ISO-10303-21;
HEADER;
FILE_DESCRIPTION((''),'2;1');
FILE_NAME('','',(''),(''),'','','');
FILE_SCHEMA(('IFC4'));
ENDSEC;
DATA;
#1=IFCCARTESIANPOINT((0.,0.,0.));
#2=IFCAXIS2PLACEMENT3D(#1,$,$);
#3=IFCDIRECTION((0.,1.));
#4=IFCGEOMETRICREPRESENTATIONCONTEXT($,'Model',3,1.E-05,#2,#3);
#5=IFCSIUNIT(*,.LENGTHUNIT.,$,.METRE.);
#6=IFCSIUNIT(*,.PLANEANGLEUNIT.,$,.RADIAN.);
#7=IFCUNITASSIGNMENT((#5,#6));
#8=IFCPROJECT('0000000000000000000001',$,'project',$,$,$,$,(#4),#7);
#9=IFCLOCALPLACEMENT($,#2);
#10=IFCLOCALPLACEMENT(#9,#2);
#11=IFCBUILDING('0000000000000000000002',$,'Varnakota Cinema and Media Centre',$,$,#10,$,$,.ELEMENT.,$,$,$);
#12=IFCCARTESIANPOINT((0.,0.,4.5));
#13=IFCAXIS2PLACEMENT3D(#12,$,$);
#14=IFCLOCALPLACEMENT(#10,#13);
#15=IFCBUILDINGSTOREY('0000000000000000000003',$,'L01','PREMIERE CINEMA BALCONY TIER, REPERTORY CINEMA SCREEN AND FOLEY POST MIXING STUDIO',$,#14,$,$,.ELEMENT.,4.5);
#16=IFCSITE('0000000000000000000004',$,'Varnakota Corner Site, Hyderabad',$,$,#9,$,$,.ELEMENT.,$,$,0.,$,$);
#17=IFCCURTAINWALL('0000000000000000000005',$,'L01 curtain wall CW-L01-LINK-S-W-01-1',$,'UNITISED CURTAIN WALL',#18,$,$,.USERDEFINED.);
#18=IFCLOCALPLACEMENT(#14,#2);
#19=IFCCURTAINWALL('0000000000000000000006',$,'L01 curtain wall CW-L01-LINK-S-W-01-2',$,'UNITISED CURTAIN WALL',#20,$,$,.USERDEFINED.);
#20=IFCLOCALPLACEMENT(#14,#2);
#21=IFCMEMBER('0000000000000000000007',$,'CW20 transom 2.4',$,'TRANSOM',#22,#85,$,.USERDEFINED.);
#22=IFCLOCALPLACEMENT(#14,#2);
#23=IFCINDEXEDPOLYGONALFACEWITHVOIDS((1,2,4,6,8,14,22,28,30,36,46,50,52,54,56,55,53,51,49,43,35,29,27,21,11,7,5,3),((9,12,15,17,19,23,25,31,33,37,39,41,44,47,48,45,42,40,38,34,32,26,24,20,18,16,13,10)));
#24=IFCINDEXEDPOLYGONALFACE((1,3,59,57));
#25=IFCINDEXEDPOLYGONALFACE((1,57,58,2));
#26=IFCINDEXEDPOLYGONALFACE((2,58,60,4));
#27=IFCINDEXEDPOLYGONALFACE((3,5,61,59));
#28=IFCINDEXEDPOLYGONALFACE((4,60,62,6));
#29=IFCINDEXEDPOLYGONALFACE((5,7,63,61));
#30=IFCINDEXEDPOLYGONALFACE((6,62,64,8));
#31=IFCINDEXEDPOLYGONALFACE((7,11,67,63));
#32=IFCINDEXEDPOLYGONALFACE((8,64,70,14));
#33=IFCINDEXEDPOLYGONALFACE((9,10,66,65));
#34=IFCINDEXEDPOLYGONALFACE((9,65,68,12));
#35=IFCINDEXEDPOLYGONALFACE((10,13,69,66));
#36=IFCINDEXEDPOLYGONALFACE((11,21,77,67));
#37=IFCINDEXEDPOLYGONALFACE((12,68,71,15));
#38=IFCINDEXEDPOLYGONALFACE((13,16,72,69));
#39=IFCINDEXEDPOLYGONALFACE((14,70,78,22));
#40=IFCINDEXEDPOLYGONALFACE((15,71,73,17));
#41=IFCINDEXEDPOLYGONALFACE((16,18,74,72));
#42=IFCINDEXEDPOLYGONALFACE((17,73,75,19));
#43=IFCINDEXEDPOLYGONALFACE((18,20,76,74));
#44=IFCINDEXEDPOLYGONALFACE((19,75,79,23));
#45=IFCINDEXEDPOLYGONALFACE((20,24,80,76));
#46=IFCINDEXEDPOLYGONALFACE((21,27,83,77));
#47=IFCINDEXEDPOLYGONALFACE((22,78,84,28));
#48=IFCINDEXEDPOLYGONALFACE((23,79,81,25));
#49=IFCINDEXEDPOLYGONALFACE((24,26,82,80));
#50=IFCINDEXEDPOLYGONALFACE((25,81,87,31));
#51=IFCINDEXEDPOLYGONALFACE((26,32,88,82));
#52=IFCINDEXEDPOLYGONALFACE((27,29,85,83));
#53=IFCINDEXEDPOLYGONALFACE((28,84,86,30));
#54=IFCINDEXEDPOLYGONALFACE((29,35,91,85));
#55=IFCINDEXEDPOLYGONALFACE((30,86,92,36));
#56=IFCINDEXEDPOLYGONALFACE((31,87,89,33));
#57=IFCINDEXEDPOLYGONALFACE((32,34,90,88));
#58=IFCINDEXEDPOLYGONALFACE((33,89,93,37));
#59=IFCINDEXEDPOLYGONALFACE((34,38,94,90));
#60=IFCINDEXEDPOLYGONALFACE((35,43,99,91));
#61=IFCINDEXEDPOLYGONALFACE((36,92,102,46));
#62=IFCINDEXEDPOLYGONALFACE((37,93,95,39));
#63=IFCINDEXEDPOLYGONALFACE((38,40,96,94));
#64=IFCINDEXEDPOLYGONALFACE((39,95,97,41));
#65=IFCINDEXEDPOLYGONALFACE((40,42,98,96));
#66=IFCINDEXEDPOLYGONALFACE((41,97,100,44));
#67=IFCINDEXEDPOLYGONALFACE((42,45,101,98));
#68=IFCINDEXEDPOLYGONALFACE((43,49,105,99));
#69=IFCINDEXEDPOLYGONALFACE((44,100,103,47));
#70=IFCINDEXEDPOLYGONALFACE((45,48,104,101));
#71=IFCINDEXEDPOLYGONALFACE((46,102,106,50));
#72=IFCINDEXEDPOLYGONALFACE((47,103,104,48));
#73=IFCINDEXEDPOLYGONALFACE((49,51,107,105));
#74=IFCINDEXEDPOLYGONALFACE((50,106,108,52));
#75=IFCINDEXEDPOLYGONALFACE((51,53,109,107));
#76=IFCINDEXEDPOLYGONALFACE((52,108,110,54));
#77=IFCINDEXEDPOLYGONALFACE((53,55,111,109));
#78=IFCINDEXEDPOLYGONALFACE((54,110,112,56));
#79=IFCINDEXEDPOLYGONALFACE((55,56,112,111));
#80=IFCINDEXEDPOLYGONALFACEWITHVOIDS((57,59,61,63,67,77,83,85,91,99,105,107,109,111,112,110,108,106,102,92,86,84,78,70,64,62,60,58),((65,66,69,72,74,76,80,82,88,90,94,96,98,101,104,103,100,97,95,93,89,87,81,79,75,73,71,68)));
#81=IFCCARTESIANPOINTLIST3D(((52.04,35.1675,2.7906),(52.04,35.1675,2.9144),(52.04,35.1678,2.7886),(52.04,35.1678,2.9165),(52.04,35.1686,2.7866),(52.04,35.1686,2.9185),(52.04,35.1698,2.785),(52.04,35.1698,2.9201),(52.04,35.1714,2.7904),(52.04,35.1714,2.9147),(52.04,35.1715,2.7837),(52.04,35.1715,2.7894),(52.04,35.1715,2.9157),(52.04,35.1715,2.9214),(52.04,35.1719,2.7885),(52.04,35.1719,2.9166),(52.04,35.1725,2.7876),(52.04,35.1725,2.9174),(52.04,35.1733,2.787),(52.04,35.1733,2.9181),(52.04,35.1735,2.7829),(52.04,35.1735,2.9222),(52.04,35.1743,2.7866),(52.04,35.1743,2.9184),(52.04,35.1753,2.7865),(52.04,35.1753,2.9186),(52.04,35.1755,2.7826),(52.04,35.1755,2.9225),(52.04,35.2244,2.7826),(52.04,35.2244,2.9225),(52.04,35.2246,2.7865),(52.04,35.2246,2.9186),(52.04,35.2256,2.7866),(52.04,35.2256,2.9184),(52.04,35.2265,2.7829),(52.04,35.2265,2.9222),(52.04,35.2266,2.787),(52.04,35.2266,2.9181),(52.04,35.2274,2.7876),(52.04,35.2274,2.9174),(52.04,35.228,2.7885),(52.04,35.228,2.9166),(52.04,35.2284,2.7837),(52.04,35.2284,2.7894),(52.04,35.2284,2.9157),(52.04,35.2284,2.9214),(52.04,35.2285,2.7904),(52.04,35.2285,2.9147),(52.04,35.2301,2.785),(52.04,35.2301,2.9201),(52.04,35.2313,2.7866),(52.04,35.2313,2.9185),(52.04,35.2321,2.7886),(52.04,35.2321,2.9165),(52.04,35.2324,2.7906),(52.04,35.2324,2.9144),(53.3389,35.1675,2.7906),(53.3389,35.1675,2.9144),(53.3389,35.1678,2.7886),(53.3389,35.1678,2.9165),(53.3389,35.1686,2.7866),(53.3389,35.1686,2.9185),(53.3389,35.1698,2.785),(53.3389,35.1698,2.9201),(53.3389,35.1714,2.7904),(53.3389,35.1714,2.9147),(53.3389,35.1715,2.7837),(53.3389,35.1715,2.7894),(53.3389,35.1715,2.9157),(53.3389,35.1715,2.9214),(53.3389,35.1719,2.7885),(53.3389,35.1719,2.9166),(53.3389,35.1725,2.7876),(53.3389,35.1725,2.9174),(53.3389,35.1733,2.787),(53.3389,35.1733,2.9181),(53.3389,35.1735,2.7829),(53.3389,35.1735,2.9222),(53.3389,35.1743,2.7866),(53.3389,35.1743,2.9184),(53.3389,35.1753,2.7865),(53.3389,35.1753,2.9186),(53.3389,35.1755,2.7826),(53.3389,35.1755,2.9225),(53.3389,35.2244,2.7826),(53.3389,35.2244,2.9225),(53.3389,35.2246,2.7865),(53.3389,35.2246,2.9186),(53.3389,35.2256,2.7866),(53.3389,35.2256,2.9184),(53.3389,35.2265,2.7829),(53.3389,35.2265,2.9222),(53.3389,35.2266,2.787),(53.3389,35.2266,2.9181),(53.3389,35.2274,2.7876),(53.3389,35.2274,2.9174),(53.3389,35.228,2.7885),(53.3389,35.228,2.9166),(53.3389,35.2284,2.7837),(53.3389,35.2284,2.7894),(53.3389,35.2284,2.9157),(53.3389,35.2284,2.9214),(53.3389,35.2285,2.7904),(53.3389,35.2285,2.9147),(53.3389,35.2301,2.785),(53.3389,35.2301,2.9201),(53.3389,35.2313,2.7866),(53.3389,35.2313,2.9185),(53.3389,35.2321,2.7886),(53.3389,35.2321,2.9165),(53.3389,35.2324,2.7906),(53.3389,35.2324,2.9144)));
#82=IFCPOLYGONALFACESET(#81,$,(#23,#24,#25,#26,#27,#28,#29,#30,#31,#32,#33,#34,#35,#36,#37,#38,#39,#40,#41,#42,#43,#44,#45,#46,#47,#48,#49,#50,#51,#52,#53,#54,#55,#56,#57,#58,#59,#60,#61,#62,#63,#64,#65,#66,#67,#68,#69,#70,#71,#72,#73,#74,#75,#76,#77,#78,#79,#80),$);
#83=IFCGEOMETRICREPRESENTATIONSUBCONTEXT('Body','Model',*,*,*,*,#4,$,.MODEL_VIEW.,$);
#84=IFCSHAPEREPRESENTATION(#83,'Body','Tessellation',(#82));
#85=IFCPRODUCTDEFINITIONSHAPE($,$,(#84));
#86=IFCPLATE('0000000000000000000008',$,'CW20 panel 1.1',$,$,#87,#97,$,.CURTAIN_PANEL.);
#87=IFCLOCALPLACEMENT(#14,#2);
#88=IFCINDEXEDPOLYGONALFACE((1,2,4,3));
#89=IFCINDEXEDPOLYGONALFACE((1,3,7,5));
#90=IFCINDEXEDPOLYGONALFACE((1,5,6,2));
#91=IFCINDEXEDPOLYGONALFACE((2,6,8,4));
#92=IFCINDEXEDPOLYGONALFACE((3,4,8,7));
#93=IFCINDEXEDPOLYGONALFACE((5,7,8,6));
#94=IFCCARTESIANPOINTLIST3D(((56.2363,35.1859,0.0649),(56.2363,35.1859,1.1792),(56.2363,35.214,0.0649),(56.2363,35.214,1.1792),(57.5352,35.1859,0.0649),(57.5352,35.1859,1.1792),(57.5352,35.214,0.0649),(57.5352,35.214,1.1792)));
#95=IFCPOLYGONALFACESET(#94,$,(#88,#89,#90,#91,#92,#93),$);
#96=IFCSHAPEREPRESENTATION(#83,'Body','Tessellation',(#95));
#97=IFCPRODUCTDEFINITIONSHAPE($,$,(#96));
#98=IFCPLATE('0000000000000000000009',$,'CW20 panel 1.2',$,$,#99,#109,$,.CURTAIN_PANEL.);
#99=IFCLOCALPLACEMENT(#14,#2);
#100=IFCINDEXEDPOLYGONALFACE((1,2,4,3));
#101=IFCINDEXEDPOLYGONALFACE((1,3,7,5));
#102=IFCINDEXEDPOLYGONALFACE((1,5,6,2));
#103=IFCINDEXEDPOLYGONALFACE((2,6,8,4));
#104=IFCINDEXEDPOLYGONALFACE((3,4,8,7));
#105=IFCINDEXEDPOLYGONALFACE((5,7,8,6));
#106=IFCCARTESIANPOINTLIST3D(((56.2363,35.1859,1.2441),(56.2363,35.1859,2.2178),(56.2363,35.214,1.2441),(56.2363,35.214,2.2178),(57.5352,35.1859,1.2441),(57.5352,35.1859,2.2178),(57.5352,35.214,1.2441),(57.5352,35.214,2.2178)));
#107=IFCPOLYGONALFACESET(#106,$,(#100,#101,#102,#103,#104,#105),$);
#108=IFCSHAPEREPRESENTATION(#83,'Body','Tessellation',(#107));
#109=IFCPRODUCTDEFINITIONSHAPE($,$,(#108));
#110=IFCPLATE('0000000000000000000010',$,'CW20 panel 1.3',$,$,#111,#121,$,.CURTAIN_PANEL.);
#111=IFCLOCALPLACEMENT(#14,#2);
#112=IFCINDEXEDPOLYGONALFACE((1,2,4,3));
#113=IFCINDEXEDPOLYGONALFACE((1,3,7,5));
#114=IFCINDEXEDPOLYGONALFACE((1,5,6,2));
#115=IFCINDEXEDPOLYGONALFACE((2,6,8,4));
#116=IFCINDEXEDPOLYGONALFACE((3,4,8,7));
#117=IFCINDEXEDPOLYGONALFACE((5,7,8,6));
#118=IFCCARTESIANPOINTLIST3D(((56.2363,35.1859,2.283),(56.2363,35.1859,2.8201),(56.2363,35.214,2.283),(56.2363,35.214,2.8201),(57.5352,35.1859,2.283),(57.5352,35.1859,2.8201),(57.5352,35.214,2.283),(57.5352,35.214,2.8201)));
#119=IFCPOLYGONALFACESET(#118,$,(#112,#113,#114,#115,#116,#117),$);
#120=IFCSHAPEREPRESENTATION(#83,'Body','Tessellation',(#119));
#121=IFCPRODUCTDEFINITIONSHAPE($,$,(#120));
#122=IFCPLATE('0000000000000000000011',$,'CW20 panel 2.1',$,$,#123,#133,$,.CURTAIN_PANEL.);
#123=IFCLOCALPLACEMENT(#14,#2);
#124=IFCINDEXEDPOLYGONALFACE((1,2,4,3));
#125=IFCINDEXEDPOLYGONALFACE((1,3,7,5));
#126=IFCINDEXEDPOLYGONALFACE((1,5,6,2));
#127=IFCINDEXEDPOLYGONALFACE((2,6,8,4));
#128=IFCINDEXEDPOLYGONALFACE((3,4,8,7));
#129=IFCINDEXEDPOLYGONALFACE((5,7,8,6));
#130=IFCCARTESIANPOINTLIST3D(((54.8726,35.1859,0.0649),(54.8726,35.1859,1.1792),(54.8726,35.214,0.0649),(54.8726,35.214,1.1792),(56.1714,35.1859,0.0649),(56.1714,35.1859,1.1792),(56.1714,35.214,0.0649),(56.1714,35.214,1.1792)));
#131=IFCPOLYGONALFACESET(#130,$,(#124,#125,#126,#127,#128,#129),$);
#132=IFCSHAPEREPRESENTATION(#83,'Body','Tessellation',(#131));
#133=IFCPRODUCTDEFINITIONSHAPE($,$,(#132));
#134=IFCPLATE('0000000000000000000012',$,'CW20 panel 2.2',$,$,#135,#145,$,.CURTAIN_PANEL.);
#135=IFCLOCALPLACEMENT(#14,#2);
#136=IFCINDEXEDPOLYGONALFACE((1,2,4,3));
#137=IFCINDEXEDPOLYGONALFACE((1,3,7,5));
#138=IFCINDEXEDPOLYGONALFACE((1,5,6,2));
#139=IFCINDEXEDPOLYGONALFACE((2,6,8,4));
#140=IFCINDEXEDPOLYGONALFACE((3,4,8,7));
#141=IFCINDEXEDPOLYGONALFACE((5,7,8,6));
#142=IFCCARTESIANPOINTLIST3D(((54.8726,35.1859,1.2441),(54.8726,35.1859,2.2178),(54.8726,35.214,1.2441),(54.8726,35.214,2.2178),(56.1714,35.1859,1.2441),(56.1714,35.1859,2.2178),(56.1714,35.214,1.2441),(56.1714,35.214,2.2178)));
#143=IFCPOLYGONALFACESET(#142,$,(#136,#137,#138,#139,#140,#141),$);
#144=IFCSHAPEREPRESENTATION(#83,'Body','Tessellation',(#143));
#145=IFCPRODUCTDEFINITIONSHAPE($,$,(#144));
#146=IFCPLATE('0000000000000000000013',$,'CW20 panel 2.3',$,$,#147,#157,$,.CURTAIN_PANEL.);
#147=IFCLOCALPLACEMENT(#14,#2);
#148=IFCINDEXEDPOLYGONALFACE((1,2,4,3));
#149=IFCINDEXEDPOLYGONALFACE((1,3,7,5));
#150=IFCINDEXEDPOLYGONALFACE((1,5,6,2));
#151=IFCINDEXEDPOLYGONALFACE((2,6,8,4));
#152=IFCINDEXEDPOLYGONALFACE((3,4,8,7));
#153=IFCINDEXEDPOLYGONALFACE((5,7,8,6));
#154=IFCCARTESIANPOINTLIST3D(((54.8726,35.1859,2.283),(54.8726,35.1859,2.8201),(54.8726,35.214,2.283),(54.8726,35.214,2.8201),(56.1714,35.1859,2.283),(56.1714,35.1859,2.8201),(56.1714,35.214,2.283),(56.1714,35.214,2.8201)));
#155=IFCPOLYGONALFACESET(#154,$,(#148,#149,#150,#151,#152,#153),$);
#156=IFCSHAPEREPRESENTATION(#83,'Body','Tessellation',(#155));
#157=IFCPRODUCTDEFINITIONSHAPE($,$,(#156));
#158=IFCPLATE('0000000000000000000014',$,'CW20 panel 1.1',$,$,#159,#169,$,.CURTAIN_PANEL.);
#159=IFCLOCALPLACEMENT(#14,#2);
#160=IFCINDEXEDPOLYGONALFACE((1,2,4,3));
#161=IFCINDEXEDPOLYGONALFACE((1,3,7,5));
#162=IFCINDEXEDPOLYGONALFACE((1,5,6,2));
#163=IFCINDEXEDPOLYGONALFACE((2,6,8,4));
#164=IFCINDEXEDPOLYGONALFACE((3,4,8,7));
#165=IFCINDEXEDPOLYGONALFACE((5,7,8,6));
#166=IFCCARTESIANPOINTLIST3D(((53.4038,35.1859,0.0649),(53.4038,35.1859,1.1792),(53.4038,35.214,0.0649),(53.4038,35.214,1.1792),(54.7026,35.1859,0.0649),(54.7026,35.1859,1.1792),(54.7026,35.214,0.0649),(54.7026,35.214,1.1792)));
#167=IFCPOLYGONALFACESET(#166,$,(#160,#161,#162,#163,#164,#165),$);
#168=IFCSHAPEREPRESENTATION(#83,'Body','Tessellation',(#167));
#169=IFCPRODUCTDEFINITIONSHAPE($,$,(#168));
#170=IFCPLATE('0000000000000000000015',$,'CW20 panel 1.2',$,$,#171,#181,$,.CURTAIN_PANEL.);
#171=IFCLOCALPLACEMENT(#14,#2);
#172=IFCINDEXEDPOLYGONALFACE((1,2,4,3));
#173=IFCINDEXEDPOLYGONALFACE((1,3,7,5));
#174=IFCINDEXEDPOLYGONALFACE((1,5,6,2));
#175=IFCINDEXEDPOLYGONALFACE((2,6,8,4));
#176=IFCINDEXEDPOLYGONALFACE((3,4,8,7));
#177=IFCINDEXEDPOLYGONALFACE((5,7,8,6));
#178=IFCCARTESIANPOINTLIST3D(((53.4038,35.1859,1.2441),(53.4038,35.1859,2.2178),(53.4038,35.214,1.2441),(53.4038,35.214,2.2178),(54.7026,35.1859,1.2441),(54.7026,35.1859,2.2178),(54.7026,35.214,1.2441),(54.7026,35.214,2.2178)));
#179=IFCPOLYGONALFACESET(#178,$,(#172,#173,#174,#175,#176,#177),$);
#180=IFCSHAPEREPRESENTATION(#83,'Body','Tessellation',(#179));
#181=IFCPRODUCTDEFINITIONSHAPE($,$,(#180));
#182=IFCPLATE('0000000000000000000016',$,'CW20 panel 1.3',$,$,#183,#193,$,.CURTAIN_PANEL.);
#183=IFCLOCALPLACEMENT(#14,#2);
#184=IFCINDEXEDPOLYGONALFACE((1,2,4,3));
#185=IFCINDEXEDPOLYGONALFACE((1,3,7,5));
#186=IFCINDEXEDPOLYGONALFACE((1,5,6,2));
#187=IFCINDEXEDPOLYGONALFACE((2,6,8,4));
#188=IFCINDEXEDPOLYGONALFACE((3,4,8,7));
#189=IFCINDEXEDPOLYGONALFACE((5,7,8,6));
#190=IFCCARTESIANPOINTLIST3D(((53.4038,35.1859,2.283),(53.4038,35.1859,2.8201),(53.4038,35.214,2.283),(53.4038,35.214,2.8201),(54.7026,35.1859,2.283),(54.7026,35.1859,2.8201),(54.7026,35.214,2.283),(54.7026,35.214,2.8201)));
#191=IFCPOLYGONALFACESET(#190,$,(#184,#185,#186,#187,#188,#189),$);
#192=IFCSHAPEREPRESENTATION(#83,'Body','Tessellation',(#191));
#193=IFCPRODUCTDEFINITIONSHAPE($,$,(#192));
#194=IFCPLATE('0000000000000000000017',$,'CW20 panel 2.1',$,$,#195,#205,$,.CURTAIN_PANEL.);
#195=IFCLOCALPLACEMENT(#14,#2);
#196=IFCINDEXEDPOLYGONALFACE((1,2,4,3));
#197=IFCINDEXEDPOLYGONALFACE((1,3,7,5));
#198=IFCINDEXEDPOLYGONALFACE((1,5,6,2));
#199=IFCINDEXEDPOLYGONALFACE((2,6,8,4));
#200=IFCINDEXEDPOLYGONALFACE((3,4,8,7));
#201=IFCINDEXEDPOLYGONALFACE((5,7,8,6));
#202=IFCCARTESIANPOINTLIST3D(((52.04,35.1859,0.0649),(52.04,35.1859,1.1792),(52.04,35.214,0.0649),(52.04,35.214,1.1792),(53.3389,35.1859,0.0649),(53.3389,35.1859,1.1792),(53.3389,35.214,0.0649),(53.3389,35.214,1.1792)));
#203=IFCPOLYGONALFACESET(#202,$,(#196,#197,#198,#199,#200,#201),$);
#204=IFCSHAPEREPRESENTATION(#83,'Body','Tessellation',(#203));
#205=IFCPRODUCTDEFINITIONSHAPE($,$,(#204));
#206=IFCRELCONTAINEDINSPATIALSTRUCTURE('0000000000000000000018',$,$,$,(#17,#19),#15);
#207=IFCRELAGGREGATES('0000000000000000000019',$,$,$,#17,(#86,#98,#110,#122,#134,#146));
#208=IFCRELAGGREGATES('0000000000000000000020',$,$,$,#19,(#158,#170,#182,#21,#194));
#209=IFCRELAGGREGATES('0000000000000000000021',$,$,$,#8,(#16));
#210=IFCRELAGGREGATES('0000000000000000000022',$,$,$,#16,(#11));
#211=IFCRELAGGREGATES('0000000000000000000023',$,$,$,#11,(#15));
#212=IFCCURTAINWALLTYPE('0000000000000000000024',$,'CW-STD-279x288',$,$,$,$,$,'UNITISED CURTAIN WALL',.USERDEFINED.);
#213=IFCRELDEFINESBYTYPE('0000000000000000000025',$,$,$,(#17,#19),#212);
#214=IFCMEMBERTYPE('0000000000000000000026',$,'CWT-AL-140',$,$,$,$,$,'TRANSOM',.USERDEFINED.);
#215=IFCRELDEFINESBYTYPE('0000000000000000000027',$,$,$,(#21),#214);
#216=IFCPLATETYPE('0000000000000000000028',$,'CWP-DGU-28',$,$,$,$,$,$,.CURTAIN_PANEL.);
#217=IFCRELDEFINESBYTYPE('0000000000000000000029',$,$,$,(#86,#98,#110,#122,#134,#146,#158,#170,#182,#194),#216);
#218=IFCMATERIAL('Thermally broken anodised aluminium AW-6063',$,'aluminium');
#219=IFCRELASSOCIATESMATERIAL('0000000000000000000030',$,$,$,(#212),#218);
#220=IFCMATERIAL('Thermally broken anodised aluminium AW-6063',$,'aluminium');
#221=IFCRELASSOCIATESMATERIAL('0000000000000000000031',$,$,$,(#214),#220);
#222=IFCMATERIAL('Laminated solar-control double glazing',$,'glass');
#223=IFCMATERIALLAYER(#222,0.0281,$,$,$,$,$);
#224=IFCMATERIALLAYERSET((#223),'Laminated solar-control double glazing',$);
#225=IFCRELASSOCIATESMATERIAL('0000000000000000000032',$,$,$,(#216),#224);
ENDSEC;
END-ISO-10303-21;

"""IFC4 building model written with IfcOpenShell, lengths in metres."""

from ifc_helpers import new_model, si_unit, direction, frame, origin, origin_2d, place, context, subcontext, project, spatial, rectangle, hollow_rectangle, extrude, material, layer, layer_set, material_profile, profile_set, type_object, element, aggregate, save


model = new_model("IFC4")

# Units and contexts
model_context = context("Model", 3, precision=1e-05, world=origin(), true_north=direction((0.0, 1.0)))
body_context = subcontext(model_context, "Body", "Model", "MODEL_VIEW")
ifc_project = project(units=[si_unit("LENGTHUNIT", "METRE"), si_unit("PLANEANGLEUNIT", "RADIAN")], contexts=[model_context])

# Site, building, storey
site_placement = place(None, origin())
site = spatial("IfcSite", under=ifc_project, at=site_placement, Name="Varnakota Corner Site, Hyderabad", CompositionType="ELEMENT", RefElevation=0.0)
building_placement = place(site_placement, origin())
building = spatial("IfcBuilding", under=site, at=building_placement, Name="Varnakota Cinema and Media Centre", CompositionType="ELEMENT")
storey_placement = place(building_placement, frame((0.0, 0.0, 4.5)))
storey = spatial("IfcBuildingStorey", under=building, at=storey_placement, Name="L01", Description="PREMIERE CINEMA BALCONY TIER, REPERTORY CINEMA SCREEN AND FOLEY POST MIXING STUDIO", CompositionType="ELEMENT", Elevation=4.5)

# Curtain walls
ifc_material_1 = material(Name="Thermally broken anodised aluminium AW-6063", Category="aluminium")
curtain_wall_type_1 = type_object("IfcCurtainWallType", Name="CW-STD-279x288", ElementType="UNITISED CURTAIN WALL", PredefinedType="USERDEFINED", material=ifc_material_1)
curtain_wall_1_placement = place(storey_placement, origin())
curtain_wall_1 = element("IfcCurtainWall", 1, at=curtain_wall_1_placement, inside=storey, type_object=curtain_wall_type_1, Name="L01 curtain wall CW-L01-LINK-S-W-01-1", ObjectType="UNITISED CURTAIN WALL", PredefinedType="USERDEFINED")
curtain_wall_2_placement = place(storey_placement, origin())
curtain_wall_2 = element("IfcCurtainWall", 2, at=curtain_wall_2_placement, inside=storey, type_object=curtain_wall_type_1, Name="L01 curtain wall CW-L01-LINK-S-W-01-2", ObjectType="UNITISED CURTAIN WALL", PredefinedType="USERDEFINED")

# Member
ifc_material_2 = material(Name="Thermally broken anodised aluminium AW-6063", Category="aluminium")
ifc_material_profile_1 = material_profile(ifc_material_2, hollow_rectangle(XDim=0.0649, YDim=0.1399, WallThickness=0.0039, InnerFilletRadius=0.0039, OuterFilletRadius=0.0081, at=origin_2d()), Name="AL-TRANSOM 140x65x4")
ifc_profile_set_1 = profile_set([ifc_material_profile_1], Name="Thermally broken anodised aluminium AW-6063")
member_type_1 = type_object("IfcMemberType", Name="CWT-AL-140", ElementType="TRANSOM", PredefinedType="USERDEFINED", material=ifc_profile_set_1)
member_1_placement = place(storey_placement, frame((53.3389, 35.2, 2.8525), z_axis=(-1.0, 0.0, 0.0), x_axis=(0.0, -1.0, 0.0)))
member_1 = element("IfcMember", 3, at=member_1_placement, type_object=member_type_1, Name="CW20 transom 2.4", ObjectType="TRANSOM", PredefinedType="USERDEFINED", context=body_context, shape_type="SweptSolid", body=[
    extrude(hollow_rectangle(XDim=0.0649, YDim=0.1399, WallThickness=0.0039, InnerFilletRadius=0.0039, OuterFilletRadius=0.0081, at=origin_2d()), origin(), (0.0, 0.0, 1.0), 1.2988),
])

# Plates
ifc_material_3 = material(Name="Laminated solar-control double glazing", Category="glass")
ifc_layer = layer(ifc_material_3, 0.0281)
ifc_layer_set = layer_set([ifc_layer], Name="Laminated solar-control double glazing")
plate_type = type_object("IfcPlateType", Name="CWP-DGU-28", PredefinedType="CURTAIN_PANEL", material=ifc_layer_set)
plate_1_placement = place(storey_placement, frame((56.8857, 35.2, 0.0649), z_axis=(0.0, 0.0, 1.0), x_axis=(-1.0, 0.0, 0.0)))
plate_1 = element("IfcPlate", 4, at=plate_1_placement, type_object=plate_type, Name="CW20 panel 1.1", PredefinedType="CURTAIN_PANEL", context=body_context, shape_type="SweptSolid", body=[
    extrude(rectangle(XDim=1.2988, YDim=0.0281, at=origin_2d()), origin(), (0.0, 0.0, 1.0), 1.1143),
])
plate_2_placement = place(storey_placement, frame((56.8857, 35.2, 1.2441), z_axis=(0.0, 0.0, 1.0), x_axis=(-1.0, 0.0, 0.0)))
plate_2 = element("IfcPlate", 5, at=plate_2_placement, type_object=plate_type, Name="CW20 panel 1.2", PredefinedType="CURTAIN_PANEL", context=body_context, shape_type="SweptSolid", body=[
    extrude(rectangle(XDim=1.2988, YDim=0.0281, at=origin_2d()), origin(), (0.0, 0.0, 1.0), 0.9736),
])
plate_3_placement = place(storey_placement, frame((56.8857, 35.2, 2.283), z_axis=(0.0, 0.0, 1.0), x_axis=(-1.0, 0.0, 0.0)))
plate_3 = element("IfcPlate", 6, at=plate_3_placement, type_object=plate_type, Name="CW20 panel 1.3", PredefinedType="CURTAIN_PANEL", context=body_context, shape_type="SweptSolid", body=[
    extrude(rectangle(XDim=1.2988, YDim=0.0281, at=origin_2d()), origin(), (0.0, 0.0, 1.0), 0.5371),
])
plate_4_placement = place(storey_placement, frame((55.522, 35.2, 0.0649), z_axis=(0.0, 0.0, 1.0), x_axis=(-1.0, 0.0, 0.0)))
plate_4 = element("IfcPlate", 7, at=plate_4_placement, type_object=plate_type, Name="CW20 panel 2.1", PredefinedType="CURTAIN_PANEL", context=body_context, shape_type="SweptSolid", body=[
    extrude(rectangle(XDim=1.2988, YDim=0.0281, at=origin_2d()), origin(), (0.0, 0.0, 1.0), 1.1143),
])
plate_5_placement = place(storey_placement, frame((55.522, 35.2, 1.2441), z_axis=(0.0, 0.0, 1.0), x_axis=(-1.0, 0.0, 0.0)))
plate_5 = element("IfcPlate", 8, at=plate_5_placement, type_object=plate_type, Name="CW20 panel 2.2", PredefinedType="CURTAIN_PANEL", context=body_context, shape_type="SweptSolid", body=[
    extrude(rectangle(XDim=1.2988, YDim=0.0281, at=origin_2d()), origin(), (0.0, 0.0, 1.0), 0.9736),
])
plate_6_placement = place(storey_placement, frame((55.522, 35.2, 2.283), z_axis=(0.0, 0.0, 1.0), x_axis=(-1.0, 0.0, 0.0)))
plate_6 = element("IfcPlate", 9, at=plate_6_placement, type_object=plate_type, Name="CW20 panel 2.3", PredefinedType="CURTAIN_PANEL", context=body_context, shape_type="SweptSolid", body=[
    extrude(rectangle(XDim=1.2988, YDim=0.0281, at=origin_2d()), origin(), (0.0, 0.0, 1.0), 0.5371),
])
aggregate(curtain_wall_1, [plate_1, plate_2, plate_3, plate_4, plate_5, plate_6])
plate_7_placement = place(storey_placement, frame((54.0532, 35.2, 0.0649), z_axis=(0.0, 0.0, 1.0), x_axis=(-1.0, 0.0, 0.0)))
plate_7 = element("IfcPlate", 10, at=plate_7_placement, type_object=plate_type, Name="CW20 panel 1.1", PredefinedType="CURTAIN_PANEL", context=body_context, shape_type="SweptSolid", body=[
    extrude(rectangle(XDim=1.2988, YDim=0.0281, at=origin_2d()), origin(), (0.0, 0.0, 1.0), 1.1143),
])
plate_8_placement = place(storey_placement, frame((54.0532, 35.2, 1.2441), z_axis=(0.0, 0.0, 1.0), x_axis=(-1.0, 0.0, 0.0)))
plate_8 = element("IfcPlate", 11, at=plate_8_placement, type_object=plate_type, Name="CW20 panel 1.2", PredefinedType="CURTAIN_PANEL", context=body_context, shape_type="SweptSolid", body=[
    extrude(rectangle(XDim=1.2988, YDim=0.0281, at=origin_2d()), origin(), (0.0, 0.0, 1.0), 0.9736),
])
plate_9_placement = place(storey_placement, frame((54.0532, 35.2, 2.283), z_axis=(0.0, 0.0, 1.0), x_axis=(-1.0, 0.0, 0.0)))
plate_9 = element("IfcPlate", 12, at=plate_9_placement, type_object=plate_type, Name="CW20 panel 1.3", PredefinedType="CURTAIN_PANEL", context=body_context, shape_type="SweptSolid", body=[
    extrude(rectangle(XDim=1.2988, YDim=0.0281, at=origin_2d()), origin(), (0.0, 0.0, 1.0), 0.5371),
])
plate_10_placement = place(storey_placement, frame((52.6895, 35.2, 0.0649), z_axis=(0.0, 0.0, 1.0), x_axis=(-1.0, 0.0, 0.0)))
plate_10 = element("IfcPlate", 13, at=plate_10_placement, type_object=plate_type, Name="CW20 panel 2.1", PredefinedType="CURTAIN_PANEL", context=body_context, shape_type="SweptSolid", body=[
    extrude(rectangle(XDim=1.2988, YDim=0.0281, at=origin_2d()), origin(), (0.0, 0.0, 1.0), 1.1143),
])
aggregate(curtain_wall_2, [plate_7, plate_8, plate_9, member_1, plate_10])

save(model, "model.ifc")
